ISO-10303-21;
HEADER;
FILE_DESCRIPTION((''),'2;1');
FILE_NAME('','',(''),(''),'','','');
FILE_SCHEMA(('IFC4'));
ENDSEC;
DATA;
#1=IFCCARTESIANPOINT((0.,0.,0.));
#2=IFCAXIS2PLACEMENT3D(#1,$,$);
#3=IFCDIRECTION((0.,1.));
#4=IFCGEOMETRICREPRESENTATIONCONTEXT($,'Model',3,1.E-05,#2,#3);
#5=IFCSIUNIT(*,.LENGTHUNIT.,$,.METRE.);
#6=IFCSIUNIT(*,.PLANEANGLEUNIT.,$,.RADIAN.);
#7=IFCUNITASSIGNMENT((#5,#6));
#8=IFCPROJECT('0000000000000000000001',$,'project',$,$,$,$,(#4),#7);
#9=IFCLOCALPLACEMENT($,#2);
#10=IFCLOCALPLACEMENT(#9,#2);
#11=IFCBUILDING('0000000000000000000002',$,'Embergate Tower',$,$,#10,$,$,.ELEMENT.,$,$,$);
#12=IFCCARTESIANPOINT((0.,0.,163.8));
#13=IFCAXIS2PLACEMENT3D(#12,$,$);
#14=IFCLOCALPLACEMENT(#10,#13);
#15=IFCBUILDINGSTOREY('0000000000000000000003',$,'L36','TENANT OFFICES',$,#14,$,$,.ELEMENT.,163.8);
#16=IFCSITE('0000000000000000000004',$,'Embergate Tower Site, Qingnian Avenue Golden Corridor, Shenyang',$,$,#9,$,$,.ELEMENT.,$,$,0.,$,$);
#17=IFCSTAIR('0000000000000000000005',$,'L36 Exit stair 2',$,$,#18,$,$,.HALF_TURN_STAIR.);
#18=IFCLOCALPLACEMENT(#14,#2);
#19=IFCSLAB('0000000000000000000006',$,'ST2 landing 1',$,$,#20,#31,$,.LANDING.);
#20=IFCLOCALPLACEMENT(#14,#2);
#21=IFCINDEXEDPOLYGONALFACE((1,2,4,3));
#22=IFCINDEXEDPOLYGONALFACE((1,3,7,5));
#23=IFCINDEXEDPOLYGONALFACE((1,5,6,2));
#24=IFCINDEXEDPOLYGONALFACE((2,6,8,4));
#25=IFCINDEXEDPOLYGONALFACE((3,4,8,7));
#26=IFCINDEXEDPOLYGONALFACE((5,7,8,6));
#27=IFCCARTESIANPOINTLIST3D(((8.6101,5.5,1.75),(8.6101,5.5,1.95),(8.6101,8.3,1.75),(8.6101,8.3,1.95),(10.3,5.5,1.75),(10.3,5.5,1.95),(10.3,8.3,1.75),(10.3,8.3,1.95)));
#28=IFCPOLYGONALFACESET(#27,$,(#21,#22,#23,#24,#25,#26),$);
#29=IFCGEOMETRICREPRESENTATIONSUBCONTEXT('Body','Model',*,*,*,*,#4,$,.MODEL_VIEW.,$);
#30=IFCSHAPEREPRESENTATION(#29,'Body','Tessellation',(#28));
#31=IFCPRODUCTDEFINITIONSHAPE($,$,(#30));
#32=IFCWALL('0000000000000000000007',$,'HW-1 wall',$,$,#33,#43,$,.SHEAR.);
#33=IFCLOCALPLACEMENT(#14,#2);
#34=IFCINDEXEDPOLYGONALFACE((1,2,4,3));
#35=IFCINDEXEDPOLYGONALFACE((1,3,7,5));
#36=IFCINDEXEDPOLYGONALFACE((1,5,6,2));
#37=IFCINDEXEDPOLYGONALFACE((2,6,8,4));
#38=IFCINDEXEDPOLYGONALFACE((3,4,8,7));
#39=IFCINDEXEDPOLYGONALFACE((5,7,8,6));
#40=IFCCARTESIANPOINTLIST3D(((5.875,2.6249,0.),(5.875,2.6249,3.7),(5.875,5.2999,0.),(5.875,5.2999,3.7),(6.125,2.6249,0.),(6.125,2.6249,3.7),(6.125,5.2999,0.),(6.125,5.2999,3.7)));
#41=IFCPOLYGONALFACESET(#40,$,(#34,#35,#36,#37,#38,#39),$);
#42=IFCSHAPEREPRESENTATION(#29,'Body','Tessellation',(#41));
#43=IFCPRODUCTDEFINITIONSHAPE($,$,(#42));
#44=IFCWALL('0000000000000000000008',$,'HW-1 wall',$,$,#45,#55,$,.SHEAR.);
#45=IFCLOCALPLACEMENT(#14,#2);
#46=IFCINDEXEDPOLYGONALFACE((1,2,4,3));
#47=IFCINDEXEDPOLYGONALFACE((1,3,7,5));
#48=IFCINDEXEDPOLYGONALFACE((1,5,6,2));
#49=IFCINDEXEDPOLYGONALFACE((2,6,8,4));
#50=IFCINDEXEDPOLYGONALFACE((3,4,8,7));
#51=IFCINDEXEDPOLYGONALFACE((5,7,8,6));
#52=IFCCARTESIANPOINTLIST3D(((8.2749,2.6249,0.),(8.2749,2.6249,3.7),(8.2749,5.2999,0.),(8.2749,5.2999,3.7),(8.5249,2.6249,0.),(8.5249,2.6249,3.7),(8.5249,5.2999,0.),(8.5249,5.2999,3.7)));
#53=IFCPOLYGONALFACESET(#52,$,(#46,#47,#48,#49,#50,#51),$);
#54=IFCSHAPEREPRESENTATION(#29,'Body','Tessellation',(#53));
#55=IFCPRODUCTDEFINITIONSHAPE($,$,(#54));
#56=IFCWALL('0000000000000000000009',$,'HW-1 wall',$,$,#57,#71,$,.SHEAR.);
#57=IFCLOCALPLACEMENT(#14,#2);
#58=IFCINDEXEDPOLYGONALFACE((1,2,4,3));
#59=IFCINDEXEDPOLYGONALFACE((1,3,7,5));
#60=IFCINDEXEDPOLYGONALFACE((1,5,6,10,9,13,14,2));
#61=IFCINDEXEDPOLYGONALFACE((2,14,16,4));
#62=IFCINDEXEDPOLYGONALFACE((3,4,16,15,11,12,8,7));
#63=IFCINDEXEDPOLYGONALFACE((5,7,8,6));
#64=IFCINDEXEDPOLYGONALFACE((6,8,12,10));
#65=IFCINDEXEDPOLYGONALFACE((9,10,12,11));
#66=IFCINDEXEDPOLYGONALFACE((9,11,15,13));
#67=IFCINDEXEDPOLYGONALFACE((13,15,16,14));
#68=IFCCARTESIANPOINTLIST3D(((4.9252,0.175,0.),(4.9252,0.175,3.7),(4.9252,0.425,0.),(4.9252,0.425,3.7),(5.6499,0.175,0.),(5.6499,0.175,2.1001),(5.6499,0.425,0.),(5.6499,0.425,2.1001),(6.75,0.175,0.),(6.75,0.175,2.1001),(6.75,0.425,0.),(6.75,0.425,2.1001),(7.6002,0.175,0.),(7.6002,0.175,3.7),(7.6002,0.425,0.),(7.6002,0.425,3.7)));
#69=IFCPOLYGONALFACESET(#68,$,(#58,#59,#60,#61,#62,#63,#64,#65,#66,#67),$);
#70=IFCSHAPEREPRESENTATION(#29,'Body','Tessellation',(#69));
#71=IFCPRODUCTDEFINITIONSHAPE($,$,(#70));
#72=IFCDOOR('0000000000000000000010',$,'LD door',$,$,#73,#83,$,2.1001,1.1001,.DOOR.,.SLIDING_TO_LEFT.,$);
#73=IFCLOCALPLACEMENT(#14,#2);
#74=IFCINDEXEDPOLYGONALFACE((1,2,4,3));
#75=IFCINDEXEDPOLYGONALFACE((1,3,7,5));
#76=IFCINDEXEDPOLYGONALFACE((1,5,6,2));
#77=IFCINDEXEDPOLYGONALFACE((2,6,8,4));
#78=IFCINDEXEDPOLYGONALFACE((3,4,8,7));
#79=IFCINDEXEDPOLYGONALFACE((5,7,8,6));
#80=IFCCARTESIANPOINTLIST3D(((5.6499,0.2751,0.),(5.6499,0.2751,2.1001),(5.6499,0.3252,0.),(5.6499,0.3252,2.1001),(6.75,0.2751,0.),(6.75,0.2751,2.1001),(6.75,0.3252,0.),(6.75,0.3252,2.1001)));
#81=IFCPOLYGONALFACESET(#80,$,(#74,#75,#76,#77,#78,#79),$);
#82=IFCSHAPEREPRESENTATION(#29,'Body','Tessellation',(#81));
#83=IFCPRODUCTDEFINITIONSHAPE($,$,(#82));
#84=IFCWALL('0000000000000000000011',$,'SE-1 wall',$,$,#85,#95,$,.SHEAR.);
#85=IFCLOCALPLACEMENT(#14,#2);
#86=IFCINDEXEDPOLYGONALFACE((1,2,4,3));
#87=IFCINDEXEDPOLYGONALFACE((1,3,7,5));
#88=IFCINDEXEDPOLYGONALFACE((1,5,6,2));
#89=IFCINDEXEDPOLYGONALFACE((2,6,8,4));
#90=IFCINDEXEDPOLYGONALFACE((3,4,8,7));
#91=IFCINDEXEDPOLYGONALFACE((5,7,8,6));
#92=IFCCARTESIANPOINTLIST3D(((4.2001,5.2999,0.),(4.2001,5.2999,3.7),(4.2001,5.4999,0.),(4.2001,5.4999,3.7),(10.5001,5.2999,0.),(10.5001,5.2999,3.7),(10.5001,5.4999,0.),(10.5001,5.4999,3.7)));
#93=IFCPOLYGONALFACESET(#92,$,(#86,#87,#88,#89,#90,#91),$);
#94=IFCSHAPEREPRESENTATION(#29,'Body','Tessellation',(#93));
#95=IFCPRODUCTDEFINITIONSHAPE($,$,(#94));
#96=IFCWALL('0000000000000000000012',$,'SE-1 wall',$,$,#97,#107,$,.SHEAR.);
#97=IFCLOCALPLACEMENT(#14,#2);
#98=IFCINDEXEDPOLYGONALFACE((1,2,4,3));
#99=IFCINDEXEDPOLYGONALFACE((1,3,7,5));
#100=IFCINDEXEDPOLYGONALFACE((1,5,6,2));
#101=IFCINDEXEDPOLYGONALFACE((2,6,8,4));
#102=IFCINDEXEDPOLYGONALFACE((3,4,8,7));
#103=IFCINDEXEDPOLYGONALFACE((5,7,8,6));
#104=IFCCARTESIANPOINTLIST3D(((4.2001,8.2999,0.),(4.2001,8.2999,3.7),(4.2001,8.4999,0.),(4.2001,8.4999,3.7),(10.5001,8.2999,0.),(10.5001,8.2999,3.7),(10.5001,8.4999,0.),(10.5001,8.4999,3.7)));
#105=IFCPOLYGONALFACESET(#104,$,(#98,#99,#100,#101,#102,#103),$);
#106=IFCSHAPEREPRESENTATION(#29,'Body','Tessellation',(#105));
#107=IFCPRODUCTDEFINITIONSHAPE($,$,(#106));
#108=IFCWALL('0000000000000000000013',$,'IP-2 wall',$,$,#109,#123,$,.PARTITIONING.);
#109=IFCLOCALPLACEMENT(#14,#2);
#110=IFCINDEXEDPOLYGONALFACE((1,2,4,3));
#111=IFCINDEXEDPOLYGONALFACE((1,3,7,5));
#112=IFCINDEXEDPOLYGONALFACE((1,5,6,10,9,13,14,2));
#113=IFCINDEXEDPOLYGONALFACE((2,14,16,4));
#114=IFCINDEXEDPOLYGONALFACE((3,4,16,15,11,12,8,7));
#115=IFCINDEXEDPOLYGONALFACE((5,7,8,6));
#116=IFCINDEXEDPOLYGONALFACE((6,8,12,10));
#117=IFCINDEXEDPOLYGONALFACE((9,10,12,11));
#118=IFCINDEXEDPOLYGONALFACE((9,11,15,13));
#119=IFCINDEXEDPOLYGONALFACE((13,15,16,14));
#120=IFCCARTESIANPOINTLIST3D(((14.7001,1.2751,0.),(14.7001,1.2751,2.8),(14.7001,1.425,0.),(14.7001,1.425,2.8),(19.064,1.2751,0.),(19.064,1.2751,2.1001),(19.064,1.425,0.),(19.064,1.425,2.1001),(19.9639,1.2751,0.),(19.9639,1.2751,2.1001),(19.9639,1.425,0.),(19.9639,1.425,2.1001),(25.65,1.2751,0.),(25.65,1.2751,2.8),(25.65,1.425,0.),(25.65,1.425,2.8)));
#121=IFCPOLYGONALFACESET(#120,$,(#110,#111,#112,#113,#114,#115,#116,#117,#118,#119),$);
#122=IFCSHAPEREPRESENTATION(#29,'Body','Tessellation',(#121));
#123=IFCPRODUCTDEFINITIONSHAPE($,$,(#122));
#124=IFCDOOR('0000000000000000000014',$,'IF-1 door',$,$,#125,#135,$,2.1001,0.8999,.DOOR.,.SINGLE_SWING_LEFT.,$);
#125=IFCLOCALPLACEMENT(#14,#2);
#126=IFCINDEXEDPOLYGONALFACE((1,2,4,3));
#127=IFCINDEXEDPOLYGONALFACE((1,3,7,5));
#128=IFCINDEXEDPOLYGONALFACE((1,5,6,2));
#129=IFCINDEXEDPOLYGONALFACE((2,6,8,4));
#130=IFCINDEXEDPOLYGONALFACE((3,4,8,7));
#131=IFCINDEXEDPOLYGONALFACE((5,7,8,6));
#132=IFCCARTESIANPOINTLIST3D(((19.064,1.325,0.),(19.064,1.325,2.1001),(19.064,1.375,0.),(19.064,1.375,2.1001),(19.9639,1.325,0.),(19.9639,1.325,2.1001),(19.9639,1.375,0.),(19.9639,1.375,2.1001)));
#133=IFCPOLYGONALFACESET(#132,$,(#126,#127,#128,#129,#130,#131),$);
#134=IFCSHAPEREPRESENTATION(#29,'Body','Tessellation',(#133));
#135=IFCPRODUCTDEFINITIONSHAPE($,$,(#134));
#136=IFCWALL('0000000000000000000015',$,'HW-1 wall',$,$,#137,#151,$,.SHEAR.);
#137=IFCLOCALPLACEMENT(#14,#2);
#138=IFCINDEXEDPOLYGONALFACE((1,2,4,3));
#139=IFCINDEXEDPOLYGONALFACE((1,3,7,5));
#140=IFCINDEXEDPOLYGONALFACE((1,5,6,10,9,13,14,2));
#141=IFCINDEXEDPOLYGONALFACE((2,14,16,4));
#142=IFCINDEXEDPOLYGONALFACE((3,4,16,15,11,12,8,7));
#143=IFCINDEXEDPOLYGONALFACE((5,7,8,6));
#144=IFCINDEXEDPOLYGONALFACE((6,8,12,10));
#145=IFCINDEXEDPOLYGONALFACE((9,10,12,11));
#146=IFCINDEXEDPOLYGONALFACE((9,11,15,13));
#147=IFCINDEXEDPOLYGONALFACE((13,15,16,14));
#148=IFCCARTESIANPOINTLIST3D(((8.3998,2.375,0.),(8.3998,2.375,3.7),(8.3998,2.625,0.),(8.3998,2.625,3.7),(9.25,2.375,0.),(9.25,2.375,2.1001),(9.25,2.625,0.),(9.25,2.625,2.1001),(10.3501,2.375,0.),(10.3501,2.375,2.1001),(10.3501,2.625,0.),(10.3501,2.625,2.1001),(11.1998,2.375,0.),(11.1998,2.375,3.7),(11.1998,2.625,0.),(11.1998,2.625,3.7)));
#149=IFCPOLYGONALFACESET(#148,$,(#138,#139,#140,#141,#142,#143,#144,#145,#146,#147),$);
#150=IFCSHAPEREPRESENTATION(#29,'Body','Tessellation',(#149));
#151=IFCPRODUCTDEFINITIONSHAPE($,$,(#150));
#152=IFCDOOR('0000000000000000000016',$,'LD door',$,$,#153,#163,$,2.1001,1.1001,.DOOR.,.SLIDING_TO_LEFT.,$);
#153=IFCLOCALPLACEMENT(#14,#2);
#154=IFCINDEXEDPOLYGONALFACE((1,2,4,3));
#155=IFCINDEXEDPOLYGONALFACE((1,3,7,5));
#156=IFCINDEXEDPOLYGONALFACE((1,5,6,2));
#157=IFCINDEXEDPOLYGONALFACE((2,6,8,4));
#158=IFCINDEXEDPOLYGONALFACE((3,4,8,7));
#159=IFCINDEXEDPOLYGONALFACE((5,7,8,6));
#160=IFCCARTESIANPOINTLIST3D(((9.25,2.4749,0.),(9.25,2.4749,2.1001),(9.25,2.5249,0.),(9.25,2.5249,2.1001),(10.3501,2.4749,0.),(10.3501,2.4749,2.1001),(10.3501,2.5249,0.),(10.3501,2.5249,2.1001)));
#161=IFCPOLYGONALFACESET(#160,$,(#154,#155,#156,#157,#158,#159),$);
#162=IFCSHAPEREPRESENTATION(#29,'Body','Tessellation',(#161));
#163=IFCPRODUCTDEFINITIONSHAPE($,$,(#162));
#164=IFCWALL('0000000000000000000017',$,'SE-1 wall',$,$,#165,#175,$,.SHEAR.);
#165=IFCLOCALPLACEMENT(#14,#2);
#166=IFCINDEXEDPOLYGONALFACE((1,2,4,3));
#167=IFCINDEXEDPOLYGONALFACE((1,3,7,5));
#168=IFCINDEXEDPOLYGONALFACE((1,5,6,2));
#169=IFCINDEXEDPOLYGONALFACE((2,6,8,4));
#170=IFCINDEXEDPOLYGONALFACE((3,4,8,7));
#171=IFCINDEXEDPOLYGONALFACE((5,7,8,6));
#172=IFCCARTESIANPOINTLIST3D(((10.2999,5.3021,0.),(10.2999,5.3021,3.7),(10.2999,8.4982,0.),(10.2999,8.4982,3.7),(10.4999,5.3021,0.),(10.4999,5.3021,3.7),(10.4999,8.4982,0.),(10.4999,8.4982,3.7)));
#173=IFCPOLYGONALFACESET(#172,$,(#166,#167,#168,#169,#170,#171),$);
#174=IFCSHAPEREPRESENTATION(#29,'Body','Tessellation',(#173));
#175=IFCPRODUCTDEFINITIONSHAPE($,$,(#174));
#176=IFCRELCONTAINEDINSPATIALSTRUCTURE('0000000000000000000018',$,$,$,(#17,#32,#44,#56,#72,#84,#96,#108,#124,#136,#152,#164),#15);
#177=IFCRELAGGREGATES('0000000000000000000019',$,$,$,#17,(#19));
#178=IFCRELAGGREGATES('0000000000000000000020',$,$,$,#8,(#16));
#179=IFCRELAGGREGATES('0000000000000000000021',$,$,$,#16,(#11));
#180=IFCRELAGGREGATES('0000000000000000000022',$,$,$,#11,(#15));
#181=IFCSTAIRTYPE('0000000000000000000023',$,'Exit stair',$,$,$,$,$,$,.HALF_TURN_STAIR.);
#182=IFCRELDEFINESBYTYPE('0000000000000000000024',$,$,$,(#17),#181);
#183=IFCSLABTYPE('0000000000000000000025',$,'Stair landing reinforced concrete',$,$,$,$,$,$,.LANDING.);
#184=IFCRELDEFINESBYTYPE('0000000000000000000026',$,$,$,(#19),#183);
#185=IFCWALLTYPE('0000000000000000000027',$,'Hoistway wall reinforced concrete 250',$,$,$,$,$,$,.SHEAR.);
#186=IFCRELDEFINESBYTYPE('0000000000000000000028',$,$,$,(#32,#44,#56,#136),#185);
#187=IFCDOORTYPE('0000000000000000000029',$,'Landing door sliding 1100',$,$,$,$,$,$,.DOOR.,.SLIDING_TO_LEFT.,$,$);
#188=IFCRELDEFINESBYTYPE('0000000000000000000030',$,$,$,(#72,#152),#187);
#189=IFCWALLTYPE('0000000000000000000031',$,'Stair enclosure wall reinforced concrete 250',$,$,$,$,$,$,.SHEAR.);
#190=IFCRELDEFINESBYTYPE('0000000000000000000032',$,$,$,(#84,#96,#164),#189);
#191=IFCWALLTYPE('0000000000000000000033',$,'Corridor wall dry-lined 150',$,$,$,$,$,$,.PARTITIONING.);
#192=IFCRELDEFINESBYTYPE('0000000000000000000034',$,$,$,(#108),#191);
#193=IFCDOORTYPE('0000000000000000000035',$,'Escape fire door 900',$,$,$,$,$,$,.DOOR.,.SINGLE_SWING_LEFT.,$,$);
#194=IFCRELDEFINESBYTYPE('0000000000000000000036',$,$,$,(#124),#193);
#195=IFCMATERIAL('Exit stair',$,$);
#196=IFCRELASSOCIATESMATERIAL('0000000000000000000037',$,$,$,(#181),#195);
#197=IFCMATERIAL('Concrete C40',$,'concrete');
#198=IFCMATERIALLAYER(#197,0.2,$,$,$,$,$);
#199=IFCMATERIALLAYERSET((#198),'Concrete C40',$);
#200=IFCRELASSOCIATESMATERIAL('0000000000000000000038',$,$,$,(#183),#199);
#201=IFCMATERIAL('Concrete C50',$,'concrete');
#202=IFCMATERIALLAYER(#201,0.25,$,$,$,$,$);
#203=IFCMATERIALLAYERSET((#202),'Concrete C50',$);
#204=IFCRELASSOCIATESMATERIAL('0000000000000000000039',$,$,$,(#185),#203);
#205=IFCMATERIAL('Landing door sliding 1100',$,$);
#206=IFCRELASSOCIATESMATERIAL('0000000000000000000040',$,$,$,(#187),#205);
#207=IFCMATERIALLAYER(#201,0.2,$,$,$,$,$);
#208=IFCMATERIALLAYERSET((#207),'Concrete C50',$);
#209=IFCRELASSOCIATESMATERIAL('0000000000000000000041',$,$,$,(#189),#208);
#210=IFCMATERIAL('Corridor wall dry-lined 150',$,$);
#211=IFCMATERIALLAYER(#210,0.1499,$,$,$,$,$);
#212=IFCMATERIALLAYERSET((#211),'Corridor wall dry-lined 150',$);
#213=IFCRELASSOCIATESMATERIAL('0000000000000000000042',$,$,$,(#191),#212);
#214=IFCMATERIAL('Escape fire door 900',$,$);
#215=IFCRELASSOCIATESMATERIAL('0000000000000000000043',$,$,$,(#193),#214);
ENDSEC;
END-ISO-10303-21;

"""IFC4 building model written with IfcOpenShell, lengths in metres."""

from ifc_helpers import new_model, si_unit, direction, frame, frame_2d, origin, place, context, subcontext, project, spatial, polyline, rectangle, outline, extrude, source, transform, mapped, material, layer, layer_set, type_object, element, fill, aggregate, save


model = new_model("IFC4")

# Units and contexts
model_context = context("Model", 3, precision=1e-05, world=origin(), true_north=direction((0.0, 1.0)))
body_context = subcontext(model_context, "Body", "Model", "MODEL_VIEW")
ifc_project = project(units=[si_unit("LENGTHUNIT", "METRE"), si_unit("PLANEANGLEUNIT", "RADIAN")], contexts=[model_context])

# Site, building, storey
site_placement = place(None, origin())
site = spatial("IfcSite", under=ifc_project, at=site_placement, Name="Embergate Tower Site, Qingnian Avenue Golden Corridor, Shenyang", CompositionType="ELEMENT", RefElevation=0.0)
building_placement = place(site_placement, origin())
building = spatial("IfcBuilding", under=site, at=building_placement, Name="Embergate Tower", CompositionType="ELEMENT")
storey_placement = place(building_placement, frame((0.0, 0.0, 163.8)))
storey = spatial("IfcBuildingStorey", under=building, at=storey_placement, Name="L36", Description="TENANT OFFICES", CompositionType="ELEMENT", Elevation=163.8)

# Stair, slab
ifc_material_1 = material(Name="Exit stair")
stair_type = type_object("IfcStairType", Name="Exit stair", PredefinedType="HALF_TURN_STAIR", material=ifc_material_1)
stair_placement = place(storey_placement, origin())
stair = element("IfcStair", 1, at=stair_placement, inside=storey, type_object=stair_type, Name="L36 Exit stair 2", PredefinedType="HALF_TURN_STAIR")
ifc_material_2 = material(Name="Concrete C40", Category="concrete")
ifc_layer_1 = layer(ifc_material_2, 0.2)
ifc_layer_set_1 = layer_set([ifc_layer_1], Name="Concrete C40")
slab_type = type_object("IfcSlabType", Name="Stair landing reinforced concrete", PredefinedType="LANDING", material=ifc_layer_set_1)
shared_shape_1 = source(origin(), body_context, "Body", "SweptSolid", [
    extrude(outline(polyline([(0.0, 0.0), (1.6899, 0.0), (1.6899, 2.8), (0.0, 2.8), (0.0, 0.0)])), origin(), (0.0, 0.0, 1.0), 0.2),
])
slab_placement = place(storey_placement, frame((8.6101, 5.5, 1.75)))
slab = element("IfcSlab", 2, at=slab_placement, type_object=slab_type, Name="ST2 landing 1", PredefinedType="LANDING", context=body_context, shape_type="MappedRepresentation", body=[
    mapped(shared_shape_1, transform((0.0, 0.0, 0.0))),
])

# Walls
ifc_material_3 = material(Name="Concrete C50", Category="concrete")
ifc_layer_2 = layer(ifc_material_3, 0.25)
ifc_layer_set_2 = layer_set([ifc_layer_2], Name="Concrete C50")
wall_type_1 = type_object("IfcWallType", Name="Hoistway wall reinforced concrete 250", PredefinedType="SHEAR", material=ifc_layer_set_2)
shared_shape_2 = source(origin(), body_context, "Body", "SweptSolid", [
    extrude(rectangle(XDim=2.675, YDim=0.25, at=frame_2d((1.3374, 0.0))), origin(), (0.0, 0.0, 1.0), 3.7),
])
for number, where, z_axis, x_axis, name in (
    (3, (6.0, 2.625, 0.0), (0.0, 0.0, 1.0), (0.0, 1.0, 0.0), "HW-1 wall"),
    (4, (8.3999, 2.625, 0.0), (0.0, 0.0, 1.0), (0.0, 1.0, 0.0), "HW-1 wall"),
):
    element("IfcWall", number, at=place(storey_placement, frame(where, z_axis=z_axis, x_axis=x_axis)), inside=storey, type_object=wall_type_1, Name=name, PredefinedType="SHEAR", context=body_context, shape_type="MappedRepresentation", body=[
        mapped(shared_shape_2, transform((0.0, 0.0, 0.0))),
    ])

# Wall, opening, door
wall_1_placement = place(storey_placement, frame((7.6001, 0.3, 0.0), z_axis=(0.0, 0.0, 1.0), x_axis=(-1.0, 0.0, 0.0)))
wall_1 = element("IfcWall", 5, at=wall_1_placement, inside=storey, type_object=wall_type_1, Name="HW-1 wall", PredefinedType="SHEAR", context=body_context, shape_type="MappedRepresentation", body=[
    mapped(shared_shape_2, transform((0.0, 0.0, 0.0))),
])
shared_shape_3 = source(origin(), body_context, "Body", "SweptSolid", [
    extrude(rectangle(XDim=1.1001, YDim=2.1001, at=frame_2d((0.55, 1.05))), frame((0.0, 0.135, 0.0), z_axis=(0.0, -1.0, 0.0), x_axis=(1.0, 0.0, 0.0)), (0.0, 0.0, 1.0), 0.27),
])
opening_1_placement = place(wall_1_placement, frame((0.8501, 0.0, 0.0)))
opening_1 = element("IfcOpeningElement", 6, at=opening_1_placement, cuts=wall_1, PredefinedType="OPENING", context=body_context, shape_type="MappedRepresentation", body=[
    mapped(shared_shape_3, transform((0.0, 0.0, 0.0))),
])
ifc_material_4 = material(Name="Landing door sliding 1100")
door_type_1 = type_object("IfcDoorType", Name="Landing door sliding 1100", OperationType="SLIDING_TO_LEFT", PredefinedType="DOOR", material=ifc_material_4)
shared_shape_4 = source(origin(), body_context, "Body", "SweptSolid", [
    extrude(rectangle(XDim=1.1001, YDim=2.1001, at=frame_2d((0.55, 1.05))), frame((0.0, 0.0249, 0.0), z_axis=(0.0, -1.0, 0.0), x_axis=(1.0, 0.0, 0.0)), (0.0, 0.0, 1.0), 0.05),
])
door_1_placement = place(opening_1_placement, origin())
door_1 = element("IfcDoor", 7, at=door_1_placement, inside=storey, type_object=door_type_1, Name="LD door", OperationType="SLIDING_TO_LEFT", OverallHeight=2.1001, OverallWidth=1.1001, PredefinedType="DOOR", context=body_context, shape_type="MappedRepresentation", body=[
    mapped(shared_shape_4, transform((0.0, 0.0, 0.0))),
])
fill(opening_1, door_1)

# Walls
ifc_layer_3 = layer(ifc_material_3, 0.2)
ifc_layer_set_3 = layer_set([ifc_layer_3], Name="Concrete C50")
wall_type_2 = type_object("IfcWallType", Name="Stair enclosure wall reinforced concrete 250", PredefinedType="SHEAR", material=ifc_layer_set_3)
shared_shape_5 = source(origin(), body_context, "Body", "SweptSolid", [
    extrude(rectangle(XDim=6.3, YDim=0.2, at=frame_2d((3.1499, 0.0))), origin(), (0.0, 0.0, 1.0), 3.7),
])
for number, where, z_axis, x_axis, name in (
    (8, (10.5, 5.3999, 0.0), (0.0, 0.0, 1.0), (-1.0, 0.0, 0.0), "SE-1 wall"),
    (9, (10.5, 8.3999, 0.0), (0.0, 0.0, 1.0), (-1.0, 0.0, 0.0), "SE-1 wall"),
):
    element("IfcWall", number, at=place(storey_placement, frame(where, z_axis=z_axis, x_axis=x_axis)), inside=storey, type_object=wall_type_2, Name=name, PredefinedType="SHEAR", context=body_context, shape_type="MappedRepresentation", body=[
        mapped(shared_shape_5, transform((0.0, 0.0, 0.0))),
    ])

# Walls, openings, doors
ifc_material_5 = material(Name="Corridor wall dry-lined 150")
ifc_layer_4 = layer(ifc_material_5, 0.1499)
ifc_layer_set_4 = layer_set([ifc_layer_4], Name="Corridor wall dry-lined 150")
wall_type_3 = type_object("IfcWallType", Name="Corridor wall dry-lined 150", PredefinedType="PARTITIONING", material=ifc_layer_set_4)
shared_shape_6 = source(origin(), body_context, "Body", "SweptSolid", [
    extrude(rectangle(XDim=10.95, YDim=0.1499, at=frame_2d((5.4751, 0.0))), origin(), (0.0, 0.0, 1.0), 2.8),
])
wall_2_placement = place(storey_placement, frame((14.7, 1.3501, 0.0), z_axis=(0.0, 0.0, 1.0), x_axis=(1.0, 0.0, 0.0)))
wall_2 = element("IfcWall", 10, at=wall_2_placement, inside=storey, type_object=wall_type_3, Name="IP-2 wall", PredefinedType="PARTITIONING", context=body_context, shape_type="MappedRepresentation", body=[
    mapped(shared_shape_6, transform((0.0, 0.0, 0.0))),
])
shared_shape_7 = source(origin(), body_context, "Body", "SweptSolid", [
    extrude(rectangle(XDim=0.8999, YDim=2.1001, at=frame_2d((0.45, 1.05))), frame((0.0, 0.085, 0.0), z_axis=(0.0, -1.0, 0.0), x_axis=(1.0, 0.0, 0.0)), (0.0, 0.0, 1.0), 0.1699),
])
opening_2_placement = place(wall_2_placement, frame((4.364, 0.0, 0.0)))
opening_2 = element("IfcOpeningElement", 11, at=opening_2_placement, cuts=wall_2, PredefinedType="OPENING", context=body_context, shape_type="MappedRepresentation", body=[
    mapped(shared_shape_7, transform((0.0, 0.0, 0.0))),
])
ifc_material_6 = material(Name="Escape fire door 900")
door_type_2 = type_object("IfcDoorType", Name="Escape fire door 900", OperationType="SINGLE_SWING_LEFT", PredefinedType="DOOR", material=ifc_material_6)
shared_shape_8 = source(origin(), body_context, "Body", "SweptSolid", [
    extrude(rectangle(XDim=0.8999, YDim=2.1001, at=frame_2d((0.45, 1.05))), frame((0.0, 0.0249, 0.0), z_axis=(0.0, -1.0, 0.0), x_axis=(1.0, 0.0, 0.0)), (0.0, 0.0, 1.0), 0.05),
])
door_2_placement = place(opening_2_placement, origin())
door_2 = element("IfcDoor", 12, at=door_2_placement, inside=storey, type_object=door_type_2, Name="IF-1 door", OperationType="SINGLE_SWING_LEFT", OverallHeight=2.1001, OverallWidth=0.8999, PredefinedType="DOOR", context=body_context, shape_type="MappedRepresentation", body=[
    mapped(shared_shape_8, transform((0.0, 0.0, 0.0))),
])
fill(opening_2, door_2)
shared_shape_9 = source(origin(), body_context, "Body", "SweptSolid", [
    extrude(rectangle(XDim=2.8, YDim=0.25, at=frame_2d((1.3999, 0.0))), origin(), (0.0, 0.0, 1.0), 3.7),
])
wall_3_placement = place(storey_placement, frame((8.3999, 2.5, 0.0), z_axis=(0.0, 0.0, 1.0), x_axis=(1.0, 0.0, 0.0)))
wall_3 = element("IfcWall", 13, at=wall_3_placement, inside=storey, type_object=wall_type_1, Name="HW-1 wall", PredefinedType="SHEAR", context=body_context, shape_type="MappedRepresentation", body=[
    mapped(shared_shape_9, transform((0.0, 0.0, 0.0))),
])
opening_3_placement = place(wall_3_placement, frame((0.8501, 0.0, 0.0)))
opening_3 = element("IfcOpeningElement", 14, at=opening_3_placement, cuts=wall_3, PredefinedType="OPENING", context=body_context, shape_type="MappedRepresentation", body=[
    mapped(shared_shape_3, transform((0.0, 0.0, 0.0))),
])
door_3_placement = place(opening_3_placement, origin())
door_3 = element("IfcDoor", 15, at=door_3_placement, inside=storey, type_object=door_type_1, Name="LD door", OperationType="SLIDING_TO_LEFT", OverallHeight=2.1001, OverallWidth=1.1001, PredefinedType="DOOR", context=body_context, shape_type="MappedRepresentation", body=[
    mapped(shared_shape_4, transform((0.0, 0.0, 0.0))),
])
fill(opening_3, door_3)

# Wall
shared_shape_10 = source(origin(), body_context, "Body", "SweptSolid", [
    extrude(rectangle(XDim=3.196, YDim=0.2, at=frame_2d((1.5981, 0.0))), origin(), (0.0, 0.0, 1.0), 3.7),
])
wall_4_placement = place(storey_placement, frame((10.3999, 5.302, 0.0), z_axis=(0.0, 0.0, 1.0), x_axis=(0.0, 1.0, 0.0)))
element("IfcWall", 16, at=wall_4_placement, inside=storey, type_object=wall_type_2, Name="SE-1 wall", PredefinedType="SHEAR", context=body_context, shape_type="MappedRepresentation", body=[
    mapped(shared_shape_10, transform((0.0, 0.0, 0.0))),
])

aggregate(stair, [slab])

save(model, "model.ifc")
